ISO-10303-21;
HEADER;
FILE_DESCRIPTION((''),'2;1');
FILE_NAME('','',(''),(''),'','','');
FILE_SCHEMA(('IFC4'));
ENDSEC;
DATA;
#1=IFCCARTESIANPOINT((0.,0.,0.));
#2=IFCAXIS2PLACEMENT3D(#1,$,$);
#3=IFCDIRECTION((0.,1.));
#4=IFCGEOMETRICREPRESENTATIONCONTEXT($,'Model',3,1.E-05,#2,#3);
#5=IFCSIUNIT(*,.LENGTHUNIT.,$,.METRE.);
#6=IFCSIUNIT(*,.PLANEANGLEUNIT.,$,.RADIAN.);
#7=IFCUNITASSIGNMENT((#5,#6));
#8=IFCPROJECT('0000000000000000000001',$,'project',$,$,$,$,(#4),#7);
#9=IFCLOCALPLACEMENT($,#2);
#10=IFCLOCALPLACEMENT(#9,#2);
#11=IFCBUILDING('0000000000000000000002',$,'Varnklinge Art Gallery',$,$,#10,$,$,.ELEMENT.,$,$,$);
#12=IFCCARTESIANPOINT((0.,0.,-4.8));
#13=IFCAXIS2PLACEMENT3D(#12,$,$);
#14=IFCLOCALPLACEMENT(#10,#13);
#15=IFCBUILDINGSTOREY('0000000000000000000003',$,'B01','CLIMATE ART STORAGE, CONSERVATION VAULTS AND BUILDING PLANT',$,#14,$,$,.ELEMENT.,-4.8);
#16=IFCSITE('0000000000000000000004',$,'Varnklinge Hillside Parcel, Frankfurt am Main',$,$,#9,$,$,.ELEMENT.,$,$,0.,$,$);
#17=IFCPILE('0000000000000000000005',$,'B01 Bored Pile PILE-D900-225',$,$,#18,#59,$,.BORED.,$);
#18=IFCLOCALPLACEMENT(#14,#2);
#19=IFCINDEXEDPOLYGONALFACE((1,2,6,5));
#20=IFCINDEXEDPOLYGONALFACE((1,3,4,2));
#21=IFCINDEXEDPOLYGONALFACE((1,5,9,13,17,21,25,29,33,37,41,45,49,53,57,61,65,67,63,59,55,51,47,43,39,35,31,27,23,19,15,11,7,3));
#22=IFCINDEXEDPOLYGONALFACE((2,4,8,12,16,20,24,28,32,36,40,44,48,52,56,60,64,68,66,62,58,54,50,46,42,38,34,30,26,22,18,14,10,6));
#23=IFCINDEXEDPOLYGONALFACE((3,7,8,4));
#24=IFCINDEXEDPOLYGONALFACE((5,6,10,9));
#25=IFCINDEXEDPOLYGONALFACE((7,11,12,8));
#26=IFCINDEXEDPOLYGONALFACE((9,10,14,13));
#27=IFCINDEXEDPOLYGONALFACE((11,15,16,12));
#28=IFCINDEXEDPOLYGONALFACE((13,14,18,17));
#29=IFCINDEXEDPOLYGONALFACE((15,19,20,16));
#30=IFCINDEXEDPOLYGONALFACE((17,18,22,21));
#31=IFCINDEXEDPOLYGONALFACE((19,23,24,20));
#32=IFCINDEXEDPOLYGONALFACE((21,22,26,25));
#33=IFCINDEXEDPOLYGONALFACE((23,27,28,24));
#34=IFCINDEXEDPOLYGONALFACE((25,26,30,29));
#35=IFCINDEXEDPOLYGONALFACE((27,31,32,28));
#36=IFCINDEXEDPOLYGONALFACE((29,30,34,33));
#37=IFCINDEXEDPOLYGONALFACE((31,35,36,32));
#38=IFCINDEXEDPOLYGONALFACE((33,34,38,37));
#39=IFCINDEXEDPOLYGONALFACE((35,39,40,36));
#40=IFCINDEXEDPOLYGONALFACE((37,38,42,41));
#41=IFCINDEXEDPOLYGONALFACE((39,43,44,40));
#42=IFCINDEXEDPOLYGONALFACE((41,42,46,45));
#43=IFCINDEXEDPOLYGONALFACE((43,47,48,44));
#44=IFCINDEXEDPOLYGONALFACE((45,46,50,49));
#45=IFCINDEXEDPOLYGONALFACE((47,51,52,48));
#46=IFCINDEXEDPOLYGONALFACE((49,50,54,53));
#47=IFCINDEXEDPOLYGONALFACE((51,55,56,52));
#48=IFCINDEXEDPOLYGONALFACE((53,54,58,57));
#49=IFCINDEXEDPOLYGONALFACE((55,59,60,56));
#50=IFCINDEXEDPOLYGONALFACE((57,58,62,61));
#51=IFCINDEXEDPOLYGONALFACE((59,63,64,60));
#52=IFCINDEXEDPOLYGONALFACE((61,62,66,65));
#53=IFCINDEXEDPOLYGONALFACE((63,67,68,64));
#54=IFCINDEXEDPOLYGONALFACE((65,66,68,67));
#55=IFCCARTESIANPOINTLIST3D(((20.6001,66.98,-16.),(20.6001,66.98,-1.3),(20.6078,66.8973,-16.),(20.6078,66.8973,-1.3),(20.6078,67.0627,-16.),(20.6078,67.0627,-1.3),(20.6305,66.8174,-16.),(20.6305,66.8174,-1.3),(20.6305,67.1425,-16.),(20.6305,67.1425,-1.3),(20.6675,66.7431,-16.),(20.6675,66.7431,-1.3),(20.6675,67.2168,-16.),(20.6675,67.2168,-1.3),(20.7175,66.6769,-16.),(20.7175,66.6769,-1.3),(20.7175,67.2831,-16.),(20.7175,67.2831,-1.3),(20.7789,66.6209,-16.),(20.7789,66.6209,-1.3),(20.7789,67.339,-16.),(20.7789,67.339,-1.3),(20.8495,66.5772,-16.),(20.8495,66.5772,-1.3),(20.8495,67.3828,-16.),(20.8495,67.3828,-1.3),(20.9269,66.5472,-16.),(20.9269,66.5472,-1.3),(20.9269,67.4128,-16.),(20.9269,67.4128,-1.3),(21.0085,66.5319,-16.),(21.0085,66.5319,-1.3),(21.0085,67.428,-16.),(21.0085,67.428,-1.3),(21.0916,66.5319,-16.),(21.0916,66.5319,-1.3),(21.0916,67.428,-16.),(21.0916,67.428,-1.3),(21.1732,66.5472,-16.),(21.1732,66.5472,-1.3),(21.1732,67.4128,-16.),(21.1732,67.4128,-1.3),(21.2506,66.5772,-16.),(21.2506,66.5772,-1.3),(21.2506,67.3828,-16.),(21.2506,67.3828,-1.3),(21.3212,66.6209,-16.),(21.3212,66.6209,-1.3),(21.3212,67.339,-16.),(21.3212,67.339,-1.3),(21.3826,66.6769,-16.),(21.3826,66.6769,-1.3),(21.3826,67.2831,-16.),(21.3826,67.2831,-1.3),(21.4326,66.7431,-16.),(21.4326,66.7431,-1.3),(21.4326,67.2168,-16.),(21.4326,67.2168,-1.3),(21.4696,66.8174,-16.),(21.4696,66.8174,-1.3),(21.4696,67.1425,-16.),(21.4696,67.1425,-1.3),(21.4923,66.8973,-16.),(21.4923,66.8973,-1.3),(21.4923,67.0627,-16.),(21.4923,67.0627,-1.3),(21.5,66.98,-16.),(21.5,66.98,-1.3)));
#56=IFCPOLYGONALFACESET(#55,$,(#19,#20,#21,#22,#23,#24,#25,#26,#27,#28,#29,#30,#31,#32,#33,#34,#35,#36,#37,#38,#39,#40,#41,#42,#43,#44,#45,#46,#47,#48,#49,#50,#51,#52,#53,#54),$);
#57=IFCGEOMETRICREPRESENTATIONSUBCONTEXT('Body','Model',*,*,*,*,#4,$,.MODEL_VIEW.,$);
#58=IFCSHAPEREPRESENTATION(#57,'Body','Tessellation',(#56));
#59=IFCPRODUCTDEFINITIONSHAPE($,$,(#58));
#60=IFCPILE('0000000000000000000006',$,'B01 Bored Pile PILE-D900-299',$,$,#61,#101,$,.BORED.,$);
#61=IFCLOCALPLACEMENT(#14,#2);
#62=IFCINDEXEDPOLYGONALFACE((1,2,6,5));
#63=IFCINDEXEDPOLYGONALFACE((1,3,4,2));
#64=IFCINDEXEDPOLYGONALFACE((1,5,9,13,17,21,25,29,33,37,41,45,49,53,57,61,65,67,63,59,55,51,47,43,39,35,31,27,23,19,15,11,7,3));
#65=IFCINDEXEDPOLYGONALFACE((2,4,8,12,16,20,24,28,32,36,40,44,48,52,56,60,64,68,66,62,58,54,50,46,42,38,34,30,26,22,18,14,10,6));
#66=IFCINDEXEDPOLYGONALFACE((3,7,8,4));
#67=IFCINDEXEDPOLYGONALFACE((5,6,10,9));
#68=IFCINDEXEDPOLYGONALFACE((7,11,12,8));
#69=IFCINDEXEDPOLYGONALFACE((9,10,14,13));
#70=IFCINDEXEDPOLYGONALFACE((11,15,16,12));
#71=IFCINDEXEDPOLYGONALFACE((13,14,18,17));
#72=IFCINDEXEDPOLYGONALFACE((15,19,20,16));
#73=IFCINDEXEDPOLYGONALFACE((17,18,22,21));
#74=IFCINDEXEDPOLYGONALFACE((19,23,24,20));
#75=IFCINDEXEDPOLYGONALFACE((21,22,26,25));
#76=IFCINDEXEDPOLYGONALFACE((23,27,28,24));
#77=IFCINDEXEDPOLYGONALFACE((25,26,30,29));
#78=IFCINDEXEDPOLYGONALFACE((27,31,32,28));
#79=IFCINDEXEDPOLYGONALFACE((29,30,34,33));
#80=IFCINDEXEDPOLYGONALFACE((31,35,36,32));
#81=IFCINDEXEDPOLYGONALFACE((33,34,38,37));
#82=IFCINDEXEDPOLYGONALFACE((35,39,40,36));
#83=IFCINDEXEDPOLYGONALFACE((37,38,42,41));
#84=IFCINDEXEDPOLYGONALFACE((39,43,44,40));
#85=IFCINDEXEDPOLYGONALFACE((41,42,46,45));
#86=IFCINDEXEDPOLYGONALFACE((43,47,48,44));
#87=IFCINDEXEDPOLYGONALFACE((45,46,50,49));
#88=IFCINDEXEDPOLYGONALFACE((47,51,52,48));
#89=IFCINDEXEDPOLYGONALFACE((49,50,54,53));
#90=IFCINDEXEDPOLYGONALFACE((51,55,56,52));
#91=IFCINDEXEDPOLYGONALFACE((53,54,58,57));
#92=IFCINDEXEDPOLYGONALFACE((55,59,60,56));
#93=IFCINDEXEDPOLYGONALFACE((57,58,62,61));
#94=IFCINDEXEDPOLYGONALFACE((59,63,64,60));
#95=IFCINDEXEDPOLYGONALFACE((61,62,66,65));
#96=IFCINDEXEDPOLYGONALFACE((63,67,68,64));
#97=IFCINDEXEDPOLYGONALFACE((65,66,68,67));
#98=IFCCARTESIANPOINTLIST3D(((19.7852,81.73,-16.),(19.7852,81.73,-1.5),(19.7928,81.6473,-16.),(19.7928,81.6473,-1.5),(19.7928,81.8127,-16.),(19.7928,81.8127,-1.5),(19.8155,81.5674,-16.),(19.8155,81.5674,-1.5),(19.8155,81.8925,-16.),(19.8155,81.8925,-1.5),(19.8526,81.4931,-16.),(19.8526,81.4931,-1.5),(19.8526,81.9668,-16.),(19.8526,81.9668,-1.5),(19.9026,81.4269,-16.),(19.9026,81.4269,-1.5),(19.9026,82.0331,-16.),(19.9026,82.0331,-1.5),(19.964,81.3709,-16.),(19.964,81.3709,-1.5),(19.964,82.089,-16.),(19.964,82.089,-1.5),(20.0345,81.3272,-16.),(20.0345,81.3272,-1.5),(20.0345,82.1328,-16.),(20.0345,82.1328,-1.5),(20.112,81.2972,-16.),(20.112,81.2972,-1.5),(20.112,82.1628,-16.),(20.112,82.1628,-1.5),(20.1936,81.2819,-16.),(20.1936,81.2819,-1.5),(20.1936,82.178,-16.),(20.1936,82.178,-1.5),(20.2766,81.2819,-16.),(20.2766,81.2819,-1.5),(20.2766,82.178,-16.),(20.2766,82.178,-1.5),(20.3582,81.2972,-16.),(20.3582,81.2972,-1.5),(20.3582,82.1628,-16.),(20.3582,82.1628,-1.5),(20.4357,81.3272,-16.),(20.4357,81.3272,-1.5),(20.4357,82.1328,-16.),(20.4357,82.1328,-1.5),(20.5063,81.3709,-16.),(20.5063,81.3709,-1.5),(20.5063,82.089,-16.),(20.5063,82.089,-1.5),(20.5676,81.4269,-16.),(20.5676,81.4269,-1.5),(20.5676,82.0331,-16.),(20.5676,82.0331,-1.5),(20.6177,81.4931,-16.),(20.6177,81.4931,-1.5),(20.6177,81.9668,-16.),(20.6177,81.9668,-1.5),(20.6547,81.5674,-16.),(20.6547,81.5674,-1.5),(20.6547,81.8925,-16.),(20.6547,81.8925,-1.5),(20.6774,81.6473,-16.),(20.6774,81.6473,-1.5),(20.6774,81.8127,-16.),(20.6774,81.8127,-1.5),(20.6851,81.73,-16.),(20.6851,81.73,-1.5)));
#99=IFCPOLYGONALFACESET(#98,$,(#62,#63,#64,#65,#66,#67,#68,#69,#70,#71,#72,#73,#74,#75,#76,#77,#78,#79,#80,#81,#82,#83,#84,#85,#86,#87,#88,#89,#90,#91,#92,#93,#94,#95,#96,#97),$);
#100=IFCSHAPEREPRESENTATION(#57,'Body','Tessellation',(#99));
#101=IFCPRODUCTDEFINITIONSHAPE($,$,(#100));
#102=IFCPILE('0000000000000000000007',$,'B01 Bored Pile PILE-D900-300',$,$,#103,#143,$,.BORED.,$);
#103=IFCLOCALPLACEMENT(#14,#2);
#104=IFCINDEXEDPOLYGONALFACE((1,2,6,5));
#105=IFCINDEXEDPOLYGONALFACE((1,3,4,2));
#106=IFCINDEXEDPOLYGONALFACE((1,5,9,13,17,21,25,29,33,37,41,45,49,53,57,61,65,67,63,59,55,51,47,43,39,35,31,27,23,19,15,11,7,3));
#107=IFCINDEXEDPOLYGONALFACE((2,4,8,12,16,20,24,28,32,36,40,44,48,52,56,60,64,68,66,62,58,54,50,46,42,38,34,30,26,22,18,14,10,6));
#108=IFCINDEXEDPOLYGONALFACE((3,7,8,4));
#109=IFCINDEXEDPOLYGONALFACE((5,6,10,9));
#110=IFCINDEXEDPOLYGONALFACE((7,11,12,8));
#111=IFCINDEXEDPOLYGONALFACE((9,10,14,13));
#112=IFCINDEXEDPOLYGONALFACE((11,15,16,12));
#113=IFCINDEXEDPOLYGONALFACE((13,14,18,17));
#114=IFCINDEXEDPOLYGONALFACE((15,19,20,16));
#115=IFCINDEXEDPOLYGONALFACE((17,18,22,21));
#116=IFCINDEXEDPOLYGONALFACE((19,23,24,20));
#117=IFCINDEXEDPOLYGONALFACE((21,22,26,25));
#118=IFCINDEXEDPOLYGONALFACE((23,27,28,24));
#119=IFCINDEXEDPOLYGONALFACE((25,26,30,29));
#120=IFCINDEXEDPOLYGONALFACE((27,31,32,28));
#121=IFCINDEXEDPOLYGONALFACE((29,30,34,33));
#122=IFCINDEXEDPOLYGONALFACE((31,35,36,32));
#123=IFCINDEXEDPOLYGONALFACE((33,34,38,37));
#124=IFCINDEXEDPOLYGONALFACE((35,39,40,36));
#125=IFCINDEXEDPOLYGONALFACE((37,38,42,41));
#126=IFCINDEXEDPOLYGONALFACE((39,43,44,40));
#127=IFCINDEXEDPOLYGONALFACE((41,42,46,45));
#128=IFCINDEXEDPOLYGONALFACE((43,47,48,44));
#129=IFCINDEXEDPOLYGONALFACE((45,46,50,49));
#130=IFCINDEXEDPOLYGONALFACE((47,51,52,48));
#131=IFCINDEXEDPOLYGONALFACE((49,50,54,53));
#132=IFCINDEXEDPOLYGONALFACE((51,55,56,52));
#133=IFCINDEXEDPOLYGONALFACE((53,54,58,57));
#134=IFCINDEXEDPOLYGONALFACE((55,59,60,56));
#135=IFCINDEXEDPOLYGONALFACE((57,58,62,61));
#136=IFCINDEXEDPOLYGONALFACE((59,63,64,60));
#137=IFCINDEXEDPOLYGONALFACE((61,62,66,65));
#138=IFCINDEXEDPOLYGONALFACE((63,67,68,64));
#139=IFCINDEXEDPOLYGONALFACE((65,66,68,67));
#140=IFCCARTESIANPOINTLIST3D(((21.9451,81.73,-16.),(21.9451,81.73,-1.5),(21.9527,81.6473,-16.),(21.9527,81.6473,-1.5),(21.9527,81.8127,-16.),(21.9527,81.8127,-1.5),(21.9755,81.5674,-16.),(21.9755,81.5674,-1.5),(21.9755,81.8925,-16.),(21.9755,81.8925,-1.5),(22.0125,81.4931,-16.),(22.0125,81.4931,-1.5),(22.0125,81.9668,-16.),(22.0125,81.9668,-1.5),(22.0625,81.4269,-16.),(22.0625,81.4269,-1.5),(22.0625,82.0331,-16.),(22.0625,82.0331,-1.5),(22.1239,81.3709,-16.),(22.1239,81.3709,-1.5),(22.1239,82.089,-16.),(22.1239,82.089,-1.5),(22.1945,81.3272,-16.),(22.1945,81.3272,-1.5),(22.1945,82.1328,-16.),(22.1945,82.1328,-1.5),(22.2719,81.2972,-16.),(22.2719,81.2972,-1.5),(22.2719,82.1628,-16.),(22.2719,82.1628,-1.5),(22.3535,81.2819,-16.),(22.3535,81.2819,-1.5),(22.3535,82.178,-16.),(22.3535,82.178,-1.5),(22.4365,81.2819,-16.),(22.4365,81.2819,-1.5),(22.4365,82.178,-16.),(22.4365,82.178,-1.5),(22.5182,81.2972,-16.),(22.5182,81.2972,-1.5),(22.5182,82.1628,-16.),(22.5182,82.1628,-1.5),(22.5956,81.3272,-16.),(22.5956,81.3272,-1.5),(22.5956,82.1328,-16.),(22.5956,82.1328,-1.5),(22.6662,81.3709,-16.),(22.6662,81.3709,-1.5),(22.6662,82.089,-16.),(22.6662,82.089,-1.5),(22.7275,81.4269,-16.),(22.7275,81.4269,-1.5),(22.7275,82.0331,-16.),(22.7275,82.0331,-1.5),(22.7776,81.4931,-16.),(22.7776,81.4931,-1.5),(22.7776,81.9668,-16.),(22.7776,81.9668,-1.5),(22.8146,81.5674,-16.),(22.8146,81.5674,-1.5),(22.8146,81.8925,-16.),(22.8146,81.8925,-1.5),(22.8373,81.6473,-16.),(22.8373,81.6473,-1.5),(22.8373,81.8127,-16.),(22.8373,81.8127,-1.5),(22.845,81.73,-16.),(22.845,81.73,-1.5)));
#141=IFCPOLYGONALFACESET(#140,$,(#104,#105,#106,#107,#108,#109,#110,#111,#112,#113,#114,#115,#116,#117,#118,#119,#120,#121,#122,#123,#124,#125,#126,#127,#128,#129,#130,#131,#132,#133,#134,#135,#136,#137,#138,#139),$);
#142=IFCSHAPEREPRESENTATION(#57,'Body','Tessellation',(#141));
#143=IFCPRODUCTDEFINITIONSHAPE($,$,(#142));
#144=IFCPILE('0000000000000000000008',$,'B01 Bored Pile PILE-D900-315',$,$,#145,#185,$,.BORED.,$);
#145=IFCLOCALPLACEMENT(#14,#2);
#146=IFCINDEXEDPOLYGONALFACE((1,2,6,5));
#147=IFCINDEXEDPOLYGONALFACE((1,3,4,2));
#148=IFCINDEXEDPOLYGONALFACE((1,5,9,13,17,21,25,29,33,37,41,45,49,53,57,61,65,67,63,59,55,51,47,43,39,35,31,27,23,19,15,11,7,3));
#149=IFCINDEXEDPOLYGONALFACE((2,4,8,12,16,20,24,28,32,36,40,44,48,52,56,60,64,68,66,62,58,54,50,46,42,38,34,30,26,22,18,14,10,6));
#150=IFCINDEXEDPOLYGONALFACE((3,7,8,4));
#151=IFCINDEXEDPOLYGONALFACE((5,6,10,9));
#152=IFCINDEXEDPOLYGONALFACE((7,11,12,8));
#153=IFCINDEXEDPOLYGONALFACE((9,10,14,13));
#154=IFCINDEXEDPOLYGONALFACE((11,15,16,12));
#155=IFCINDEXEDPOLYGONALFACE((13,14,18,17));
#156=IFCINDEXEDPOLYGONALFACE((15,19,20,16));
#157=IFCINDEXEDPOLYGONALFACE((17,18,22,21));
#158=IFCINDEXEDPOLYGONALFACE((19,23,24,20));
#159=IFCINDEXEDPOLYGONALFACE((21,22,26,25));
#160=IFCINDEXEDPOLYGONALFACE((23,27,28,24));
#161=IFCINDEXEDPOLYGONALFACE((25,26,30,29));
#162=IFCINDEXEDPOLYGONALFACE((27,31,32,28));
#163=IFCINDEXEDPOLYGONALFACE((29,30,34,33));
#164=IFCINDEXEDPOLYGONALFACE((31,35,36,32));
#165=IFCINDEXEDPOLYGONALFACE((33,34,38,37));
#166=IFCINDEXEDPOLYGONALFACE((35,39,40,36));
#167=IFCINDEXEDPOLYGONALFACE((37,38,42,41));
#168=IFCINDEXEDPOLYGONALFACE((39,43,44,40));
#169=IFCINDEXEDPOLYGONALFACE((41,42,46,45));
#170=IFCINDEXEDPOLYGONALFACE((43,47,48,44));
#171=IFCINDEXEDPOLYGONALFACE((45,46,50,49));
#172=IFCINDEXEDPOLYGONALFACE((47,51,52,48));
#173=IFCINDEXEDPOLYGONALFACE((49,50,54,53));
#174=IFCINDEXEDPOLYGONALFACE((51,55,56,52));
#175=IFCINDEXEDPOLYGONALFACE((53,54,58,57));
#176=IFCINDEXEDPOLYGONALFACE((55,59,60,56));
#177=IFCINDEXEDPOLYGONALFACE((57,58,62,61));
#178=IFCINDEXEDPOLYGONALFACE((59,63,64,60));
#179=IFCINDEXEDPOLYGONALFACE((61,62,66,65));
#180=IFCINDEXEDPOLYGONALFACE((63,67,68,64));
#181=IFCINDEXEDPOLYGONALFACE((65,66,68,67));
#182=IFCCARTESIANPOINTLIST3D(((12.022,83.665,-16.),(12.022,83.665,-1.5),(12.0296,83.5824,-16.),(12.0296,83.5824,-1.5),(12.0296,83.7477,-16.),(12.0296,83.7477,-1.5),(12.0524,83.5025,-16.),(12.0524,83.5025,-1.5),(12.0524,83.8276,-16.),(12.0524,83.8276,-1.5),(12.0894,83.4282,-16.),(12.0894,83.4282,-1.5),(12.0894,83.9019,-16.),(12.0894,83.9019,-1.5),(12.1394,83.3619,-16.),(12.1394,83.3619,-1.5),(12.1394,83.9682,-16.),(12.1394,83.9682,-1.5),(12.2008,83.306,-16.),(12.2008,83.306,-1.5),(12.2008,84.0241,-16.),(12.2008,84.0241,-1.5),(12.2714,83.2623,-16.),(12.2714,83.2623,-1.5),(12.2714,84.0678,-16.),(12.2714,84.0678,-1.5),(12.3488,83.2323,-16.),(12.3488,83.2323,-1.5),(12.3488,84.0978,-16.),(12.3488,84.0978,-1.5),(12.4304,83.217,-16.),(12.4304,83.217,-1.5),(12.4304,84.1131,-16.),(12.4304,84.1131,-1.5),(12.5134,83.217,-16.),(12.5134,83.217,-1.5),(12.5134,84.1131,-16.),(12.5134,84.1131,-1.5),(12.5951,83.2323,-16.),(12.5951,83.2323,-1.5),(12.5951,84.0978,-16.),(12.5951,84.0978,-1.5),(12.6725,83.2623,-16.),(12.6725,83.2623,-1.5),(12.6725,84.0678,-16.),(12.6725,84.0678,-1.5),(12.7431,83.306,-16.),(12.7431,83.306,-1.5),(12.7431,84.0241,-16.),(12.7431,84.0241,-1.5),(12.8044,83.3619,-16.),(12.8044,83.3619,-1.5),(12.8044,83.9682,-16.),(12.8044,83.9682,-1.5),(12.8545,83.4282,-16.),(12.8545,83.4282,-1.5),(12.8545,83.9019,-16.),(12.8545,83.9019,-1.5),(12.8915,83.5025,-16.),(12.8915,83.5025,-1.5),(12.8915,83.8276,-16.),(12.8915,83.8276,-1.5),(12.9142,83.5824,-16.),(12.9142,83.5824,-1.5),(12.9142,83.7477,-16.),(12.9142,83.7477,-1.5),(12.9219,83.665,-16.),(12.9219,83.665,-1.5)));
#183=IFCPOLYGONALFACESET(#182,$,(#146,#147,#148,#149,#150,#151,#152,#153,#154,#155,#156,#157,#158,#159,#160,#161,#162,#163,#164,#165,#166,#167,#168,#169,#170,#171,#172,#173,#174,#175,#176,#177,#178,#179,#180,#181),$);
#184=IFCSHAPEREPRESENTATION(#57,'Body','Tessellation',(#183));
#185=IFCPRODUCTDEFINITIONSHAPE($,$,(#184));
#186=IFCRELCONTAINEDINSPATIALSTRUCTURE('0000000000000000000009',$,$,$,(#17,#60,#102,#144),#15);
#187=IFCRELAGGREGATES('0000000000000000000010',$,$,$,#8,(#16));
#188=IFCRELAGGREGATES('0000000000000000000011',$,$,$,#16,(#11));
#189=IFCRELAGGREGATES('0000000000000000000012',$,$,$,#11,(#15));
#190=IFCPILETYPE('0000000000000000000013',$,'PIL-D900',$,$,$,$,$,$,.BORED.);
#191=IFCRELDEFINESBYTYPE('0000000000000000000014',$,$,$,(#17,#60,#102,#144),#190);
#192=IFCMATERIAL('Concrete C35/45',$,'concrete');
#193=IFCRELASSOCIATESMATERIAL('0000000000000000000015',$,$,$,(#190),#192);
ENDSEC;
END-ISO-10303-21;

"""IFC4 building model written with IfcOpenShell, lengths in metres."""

from ifc_helpers import new_model, si_unit, direction, frame, origin, origin_2d, place, context, subcontext, project, spatial, circle, extrude, material, material_profile, profile_set, type_object, element, save


model = new_model("IFC4")

# Units and contexts
model_context = context("Model", 3, precision=1e-05, world=origin(), true_north=direction((0.0, 1.0)))
body_context = subcontext(model_context, "Body", "Model", "MODEL_VIEW")
ifc_project = project(units=[si_unit("LENGTHUNIT", "METRE"), si_unit("PLANEANGLEUNIT", "RADIAN")], contexts=[model_context])

# Site, building, storey
site_placement = place(None, origin())
site = spatial("IfcSite", under=ifc_project, at=site_placement, Name="Varnklinge Hillside Parcel, Frankfurt am Main", CompositionType="ELEMENT", RefElevation=0.0)
building_placement = place(site_placement, origin())
building = spatial("IfcBuilding", under=site, at=building_placement, Name="Varnklinge Art Gallery", CompositionType="ELEMENT")
storey_placement = place(building_placement, frame((0.0, 0.0, -4.8)))
storey = spatial("IfcBuildingStorey", under=building, at=storey_placement, Name="B01", Description="CLIMATE ART STORAGE, CONSERVATION VAULTS AND BUILDING PLANT", CompositionType="ELEMENT", Elevation=-4.8)

# Piles
ifc_material_1 = material(Name="Concrete C35/45", Category="concrete")
ifc_material_profile_1 = material_profile(ifc_material_1, circle(Radius=0.45, at=origin_2d()), Name="PILE D900")
ifc_profile_set_1 = profile_set([ifc_material_profile_1], Name="Concrete C35/45")
pile_type = type_object("IfcPileType", Name="PIL-D900", PredefinedType="BORED", material=ifc_profile_set_1)
for number, where, z_axis, x_axis, name in (
    (1, (21.05, 66.98, -1.3), (0.0, 0.0, -1.0), (1.0, 0.0, 0.0), "B01 Bored Pile PILE-D900-225"),
):
    element("IfcPile", number, at=place(storey_placement, frame(where, z_axis=z_axis, x_axis=x_axis)), inside=storey, type_object=pile_type, Name=name, PredefinedType="BORED", context=body_context, shape_type="SweptSolid", body=[
        extrude(circle(Radius=0.45, at=origin_2d()), origin(), (0.0, 0.0, 1.0), 14.7),
    ])
for number, where, z_axis, x_axis, name in (
    (2, (20.2351, 81.73, -1.5), (0.0, 0.0, -1.0), (1.0, 0.0, 0.0), "B01 Bored Pile PILE-D900-299"),
    (3, (22.395, 81.73, -1.5), (0.0, 0.0, -1.0), (1.0, 0.0, 0.0), "B01 Bored Pile PILE-D900-300"),
    (4, (12.4719, 83.665, -1.5), (0.0, 0.0, -1.0), (1.0, 0.0, 0.0), "B01 Bored Pile PILE-D900-315"),
):
    element("IfcPile", number, at=place(storey_placement, frame(where, z_axis=z_axis, x_axis=x_axis)), inside=storey, type_object=pile_type, Name=name, PredefinedType="BORED", context=body_context, shape_type="SweptSolid", body=[
        extrude(circle(Radius=0.45, at=origin_2d()), origin(), (0.0, 0.0, 1.0), 14.5),
    ])

save(model, "model.ifc")
